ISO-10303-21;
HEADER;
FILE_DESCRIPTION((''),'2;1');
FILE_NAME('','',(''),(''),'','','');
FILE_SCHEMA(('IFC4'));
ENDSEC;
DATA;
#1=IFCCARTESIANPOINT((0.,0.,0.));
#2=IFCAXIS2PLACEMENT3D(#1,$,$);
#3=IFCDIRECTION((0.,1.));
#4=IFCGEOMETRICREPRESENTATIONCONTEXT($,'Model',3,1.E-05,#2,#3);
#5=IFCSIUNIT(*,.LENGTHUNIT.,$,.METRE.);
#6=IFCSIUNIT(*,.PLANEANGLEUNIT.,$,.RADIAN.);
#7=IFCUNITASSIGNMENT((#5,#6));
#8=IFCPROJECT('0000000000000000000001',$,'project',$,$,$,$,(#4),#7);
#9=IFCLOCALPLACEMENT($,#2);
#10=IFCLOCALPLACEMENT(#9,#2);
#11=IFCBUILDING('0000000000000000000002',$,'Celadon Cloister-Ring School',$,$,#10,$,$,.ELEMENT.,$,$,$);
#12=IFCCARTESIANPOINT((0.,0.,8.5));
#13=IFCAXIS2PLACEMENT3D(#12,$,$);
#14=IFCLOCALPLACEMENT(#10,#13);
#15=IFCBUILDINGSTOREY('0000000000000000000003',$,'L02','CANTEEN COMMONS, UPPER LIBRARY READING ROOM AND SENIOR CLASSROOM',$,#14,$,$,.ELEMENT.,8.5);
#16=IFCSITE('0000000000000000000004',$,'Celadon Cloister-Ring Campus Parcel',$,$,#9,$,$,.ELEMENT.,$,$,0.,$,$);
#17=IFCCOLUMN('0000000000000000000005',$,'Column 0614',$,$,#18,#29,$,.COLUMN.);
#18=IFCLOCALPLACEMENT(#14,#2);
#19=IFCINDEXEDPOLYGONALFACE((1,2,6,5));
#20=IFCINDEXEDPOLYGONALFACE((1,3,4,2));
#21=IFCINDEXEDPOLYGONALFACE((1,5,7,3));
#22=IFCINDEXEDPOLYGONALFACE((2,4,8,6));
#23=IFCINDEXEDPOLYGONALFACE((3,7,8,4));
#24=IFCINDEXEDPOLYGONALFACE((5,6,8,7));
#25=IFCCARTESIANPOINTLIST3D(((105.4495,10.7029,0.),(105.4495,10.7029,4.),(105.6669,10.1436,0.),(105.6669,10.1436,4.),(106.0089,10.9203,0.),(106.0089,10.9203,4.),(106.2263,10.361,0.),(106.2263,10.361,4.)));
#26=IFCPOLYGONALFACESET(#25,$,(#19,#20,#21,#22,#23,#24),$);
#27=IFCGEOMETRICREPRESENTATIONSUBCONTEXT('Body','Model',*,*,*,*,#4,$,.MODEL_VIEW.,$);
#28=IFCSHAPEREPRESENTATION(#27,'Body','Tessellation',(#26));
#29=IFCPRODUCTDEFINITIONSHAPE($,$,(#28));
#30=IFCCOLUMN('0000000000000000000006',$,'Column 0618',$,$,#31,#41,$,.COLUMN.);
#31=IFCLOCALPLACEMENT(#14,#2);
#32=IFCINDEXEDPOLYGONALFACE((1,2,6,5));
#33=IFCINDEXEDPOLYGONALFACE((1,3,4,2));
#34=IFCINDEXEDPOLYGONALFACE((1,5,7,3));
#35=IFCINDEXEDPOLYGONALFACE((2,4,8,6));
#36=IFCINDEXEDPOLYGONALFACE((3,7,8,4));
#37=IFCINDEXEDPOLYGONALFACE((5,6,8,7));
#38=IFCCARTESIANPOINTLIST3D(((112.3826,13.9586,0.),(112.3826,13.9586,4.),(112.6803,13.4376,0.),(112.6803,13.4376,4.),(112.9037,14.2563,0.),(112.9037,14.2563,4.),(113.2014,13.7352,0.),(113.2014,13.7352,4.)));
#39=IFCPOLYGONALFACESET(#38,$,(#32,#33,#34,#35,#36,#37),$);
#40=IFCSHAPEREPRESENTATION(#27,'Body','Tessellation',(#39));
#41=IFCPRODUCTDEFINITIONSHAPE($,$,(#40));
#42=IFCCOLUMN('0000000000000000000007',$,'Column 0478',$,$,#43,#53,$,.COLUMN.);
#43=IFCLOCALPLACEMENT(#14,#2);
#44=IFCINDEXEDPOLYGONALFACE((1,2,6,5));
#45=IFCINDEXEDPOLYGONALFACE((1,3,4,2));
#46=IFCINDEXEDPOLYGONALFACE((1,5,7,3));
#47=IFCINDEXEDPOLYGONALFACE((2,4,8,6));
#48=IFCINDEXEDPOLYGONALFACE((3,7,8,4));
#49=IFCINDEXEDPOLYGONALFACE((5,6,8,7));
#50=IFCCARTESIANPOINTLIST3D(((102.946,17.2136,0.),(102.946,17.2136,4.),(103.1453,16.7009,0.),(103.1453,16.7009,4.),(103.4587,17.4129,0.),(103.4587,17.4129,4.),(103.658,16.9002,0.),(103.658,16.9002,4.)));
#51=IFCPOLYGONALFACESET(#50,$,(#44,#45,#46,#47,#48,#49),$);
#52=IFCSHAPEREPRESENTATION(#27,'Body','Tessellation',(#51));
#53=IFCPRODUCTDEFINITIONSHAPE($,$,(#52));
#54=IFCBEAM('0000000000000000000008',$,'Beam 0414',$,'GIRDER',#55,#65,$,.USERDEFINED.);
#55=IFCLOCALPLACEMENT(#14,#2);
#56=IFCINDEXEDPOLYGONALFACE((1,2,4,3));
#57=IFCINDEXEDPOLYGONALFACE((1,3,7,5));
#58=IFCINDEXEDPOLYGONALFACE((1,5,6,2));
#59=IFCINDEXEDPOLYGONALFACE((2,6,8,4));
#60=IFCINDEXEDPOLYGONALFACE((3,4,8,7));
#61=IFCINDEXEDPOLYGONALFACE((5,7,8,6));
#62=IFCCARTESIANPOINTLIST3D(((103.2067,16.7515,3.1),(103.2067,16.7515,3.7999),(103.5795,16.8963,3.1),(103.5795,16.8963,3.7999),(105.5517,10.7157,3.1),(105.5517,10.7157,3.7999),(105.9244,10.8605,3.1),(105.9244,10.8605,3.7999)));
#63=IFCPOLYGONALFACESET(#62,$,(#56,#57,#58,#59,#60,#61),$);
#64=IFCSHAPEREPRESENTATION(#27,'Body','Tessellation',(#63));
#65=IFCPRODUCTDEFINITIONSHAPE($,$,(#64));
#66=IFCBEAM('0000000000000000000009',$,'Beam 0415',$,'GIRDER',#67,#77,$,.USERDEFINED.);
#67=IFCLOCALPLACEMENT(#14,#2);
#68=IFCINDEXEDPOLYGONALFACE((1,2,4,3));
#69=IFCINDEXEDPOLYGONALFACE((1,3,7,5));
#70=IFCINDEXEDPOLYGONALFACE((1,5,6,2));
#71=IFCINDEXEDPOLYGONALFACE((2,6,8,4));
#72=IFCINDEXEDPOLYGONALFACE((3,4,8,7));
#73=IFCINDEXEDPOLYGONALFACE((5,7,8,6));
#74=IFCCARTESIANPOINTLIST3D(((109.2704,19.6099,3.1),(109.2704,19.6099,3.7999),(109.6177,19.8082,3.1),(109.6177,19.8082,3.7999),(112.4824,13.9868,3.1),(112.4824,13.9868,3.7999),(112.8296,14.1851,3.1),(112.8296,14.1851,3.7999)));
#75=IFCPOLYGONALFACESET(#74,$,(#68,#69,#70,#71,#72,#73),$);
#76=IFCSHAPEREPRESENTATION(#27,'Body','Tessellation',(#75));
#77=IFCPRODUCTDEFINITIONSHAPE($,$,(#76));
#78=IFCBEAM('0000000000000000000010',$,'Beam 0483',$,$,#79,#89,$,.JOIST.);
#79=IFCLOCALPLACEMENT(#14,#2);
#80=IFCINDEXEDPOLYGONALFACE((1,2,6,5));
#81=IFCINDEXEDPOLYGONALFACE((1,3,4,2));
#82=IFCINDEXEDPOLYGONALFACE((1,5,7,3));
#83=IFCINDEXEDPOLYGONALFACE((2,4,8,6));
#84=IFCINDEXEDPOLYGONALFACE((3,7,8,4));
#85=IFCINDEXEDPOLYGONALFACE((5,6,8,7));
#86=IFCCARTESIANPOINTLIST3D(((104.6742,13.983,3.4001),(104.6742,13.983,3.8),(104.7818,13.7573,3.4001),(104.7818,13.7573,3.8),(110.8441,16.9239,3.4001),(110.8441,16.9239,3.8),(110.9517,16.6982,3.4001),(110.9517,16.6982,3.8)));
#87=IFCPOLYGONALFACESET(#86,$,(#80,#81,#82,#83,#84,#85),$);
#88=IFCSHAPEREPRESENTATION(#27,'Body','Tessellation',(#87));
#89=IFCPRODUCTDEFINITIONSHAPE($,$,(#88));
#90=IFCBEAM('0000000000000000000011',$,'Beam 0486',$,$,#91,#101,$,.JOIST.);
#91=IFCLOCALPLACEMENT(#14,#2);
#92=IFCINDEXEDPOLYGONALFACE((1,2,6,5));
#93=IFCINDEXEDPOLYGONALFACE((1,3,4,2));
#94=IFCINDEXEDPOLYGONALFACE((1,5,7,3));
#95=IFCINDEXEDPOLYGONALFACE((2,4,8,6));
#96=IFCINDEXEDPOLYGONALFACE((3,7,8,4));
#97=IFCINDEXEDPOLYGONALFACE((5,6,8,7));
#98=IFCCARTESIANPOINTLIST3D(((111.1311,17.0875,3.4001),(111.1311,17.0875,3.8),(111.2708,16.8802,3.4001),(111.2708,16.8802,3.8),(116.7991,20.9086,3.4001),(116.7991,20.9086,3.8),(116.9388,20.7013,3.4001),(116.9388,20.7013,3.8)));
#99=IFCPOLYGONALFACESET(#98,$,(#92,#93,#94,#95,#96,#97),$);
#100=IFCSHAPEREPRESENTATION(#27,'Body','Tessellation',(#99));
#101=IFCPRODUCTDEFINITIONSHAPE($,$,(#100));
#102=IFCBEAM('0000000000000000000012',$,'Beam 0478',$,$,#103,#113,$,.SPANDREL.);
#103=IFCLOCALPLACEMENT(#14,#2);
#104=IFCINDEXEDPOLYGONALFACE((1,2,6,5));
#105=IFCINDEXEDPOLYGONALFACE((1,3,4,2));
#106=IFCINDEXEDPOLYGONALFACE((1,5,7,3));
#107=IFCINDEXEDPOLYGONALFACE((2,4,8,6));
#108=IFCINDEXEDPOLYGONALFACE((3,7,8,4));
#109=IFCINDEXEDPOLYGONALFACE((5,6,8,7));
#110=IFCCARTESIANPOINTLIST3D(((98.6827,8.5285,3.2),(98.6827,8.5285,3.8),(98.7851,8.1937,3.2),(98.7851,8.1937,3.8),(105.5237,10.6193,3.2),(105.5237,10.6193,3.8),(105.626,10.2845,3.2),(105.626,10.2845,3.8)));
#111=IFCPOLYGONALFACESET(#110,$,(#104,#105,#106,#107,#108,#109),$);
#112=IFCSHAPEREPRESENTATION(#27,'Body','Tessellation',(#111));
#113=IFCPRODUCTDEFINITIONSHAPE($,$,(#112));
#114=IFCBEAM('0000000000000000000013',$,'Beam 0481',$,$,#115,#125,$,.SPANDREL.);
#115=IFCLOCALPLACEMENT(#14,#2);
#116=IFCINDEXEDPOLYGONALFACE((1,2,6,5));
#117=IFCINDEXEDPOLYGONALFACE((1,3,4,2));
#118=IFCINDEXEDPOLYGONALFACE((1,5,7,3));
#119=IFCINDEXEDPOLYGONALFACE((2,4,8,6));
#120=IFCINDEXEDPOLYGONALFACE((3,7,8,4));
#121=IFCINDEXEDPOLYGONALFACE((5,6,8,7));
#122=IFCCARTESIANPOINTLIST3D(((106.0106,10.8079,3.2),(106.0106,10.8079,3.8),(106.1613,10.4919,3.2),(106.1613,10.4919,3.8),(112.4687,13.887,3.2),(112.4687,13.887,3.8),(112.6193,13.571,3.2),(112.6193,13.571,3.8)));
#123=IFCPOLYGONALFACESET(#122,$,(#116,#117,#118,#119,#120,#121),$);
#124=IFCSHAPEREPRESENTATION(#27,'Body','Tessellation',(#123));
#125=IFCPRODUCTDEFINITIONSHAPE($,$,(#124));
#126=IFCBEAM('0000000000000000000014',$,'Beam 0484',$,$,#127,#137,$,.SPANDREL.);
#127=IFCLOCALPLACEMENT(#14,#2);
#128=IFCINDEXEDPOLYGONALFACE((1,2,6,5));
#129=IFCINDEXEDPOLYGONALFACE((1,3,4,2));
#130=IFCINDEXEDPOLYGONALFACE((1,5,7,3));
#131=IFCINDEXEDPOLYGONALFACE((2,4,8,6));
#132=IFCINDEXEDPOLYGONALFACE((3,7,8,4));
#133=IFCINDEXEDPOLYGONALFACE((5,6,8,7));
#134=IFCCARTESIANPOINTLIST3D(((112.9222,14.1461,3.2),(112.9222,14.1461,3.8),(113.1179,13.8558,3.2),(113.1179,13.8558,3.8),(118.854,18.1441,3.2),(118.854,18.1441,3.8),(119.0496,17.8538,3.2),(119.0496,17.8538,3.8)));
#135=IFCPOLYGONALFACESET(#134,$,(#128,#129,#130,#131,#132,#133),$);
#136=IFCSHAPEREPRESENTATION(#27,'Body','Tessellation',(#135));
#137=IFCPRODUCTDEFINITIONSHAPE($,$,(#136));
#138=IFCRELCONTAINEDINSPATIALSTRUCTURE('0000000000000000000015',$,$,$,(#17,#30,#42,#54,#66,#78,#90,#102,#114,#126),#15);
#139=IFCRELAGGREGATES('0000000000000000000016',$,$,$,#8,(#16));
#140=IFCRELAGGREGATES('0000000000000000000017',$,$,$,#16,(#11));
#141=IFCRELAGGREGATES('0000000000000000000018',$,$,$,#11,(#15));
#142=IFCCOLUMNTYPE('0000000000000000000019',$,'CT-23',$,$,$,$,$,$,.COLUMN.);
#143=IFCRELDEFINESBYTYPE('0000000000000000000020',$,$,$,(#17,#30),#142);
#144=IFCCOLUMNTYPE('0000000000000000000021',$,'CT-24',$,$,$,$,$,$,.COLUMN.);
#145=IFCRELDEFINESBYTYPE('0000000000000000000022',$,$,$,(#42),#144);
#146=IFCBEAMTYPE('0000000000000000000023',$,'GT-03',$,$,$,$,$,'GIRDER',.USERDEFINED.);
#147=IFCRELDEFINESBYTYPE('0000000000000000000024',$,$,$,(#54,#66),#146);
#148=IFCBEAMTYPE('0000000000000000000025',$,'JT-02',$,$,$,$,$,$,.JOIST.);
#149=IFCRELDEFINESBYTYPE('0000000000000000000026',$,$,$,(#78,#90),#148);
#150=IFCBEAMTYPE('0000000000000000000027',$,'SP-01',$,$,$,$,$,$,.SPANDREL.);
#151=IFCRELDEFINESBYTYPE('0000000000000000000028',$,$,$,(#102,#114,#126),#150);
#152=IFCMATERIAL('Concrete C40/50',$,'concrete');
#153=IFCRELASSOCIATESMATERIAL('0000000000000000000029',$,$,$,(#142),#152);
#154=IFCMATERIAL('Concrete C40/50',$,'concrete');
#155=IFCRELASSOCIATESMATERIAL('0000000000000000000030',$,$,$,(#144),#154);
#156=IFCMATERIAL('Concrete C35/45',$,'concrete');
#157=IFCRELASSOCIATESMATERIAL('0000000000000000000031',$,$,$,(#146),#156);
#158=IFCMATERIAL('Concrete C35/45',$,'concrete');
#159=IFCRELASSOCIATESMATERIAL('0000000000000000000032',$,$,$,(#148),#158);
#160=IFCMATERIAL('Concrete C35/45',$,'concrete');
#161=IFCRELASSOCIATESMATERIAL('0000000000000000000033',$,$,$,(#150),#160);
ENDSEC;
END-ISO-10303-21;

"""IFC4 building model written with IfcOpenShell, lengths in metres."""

from ifc_helpers import new_model, si_unit, direction, frame, origin, origin_2d, place, context, subcontext, project, spatial, rectangle, extrude, material, material_profile, profile_set, type_object, element, save


model = new_model("IFC4")

# Units and contexts
model_context = context("Model", 3, precision=1e-05, world=origin(), true_north=direction((0.0, 1.0)))
body_context = subcontext(model_context, "Body", "Model", "MODEL_VIEW")
ifc_project = project(units=[si_unit("LENGTHUNIT", "METRE"), si_unit("PLANEANGLEUNIT", "RADIAN")], contexts=[model_context])

# Site, building, storey
site_placement = place(None, origin())
site = spatial("IfcSite", under=ifc_project, at=site_placement, Name="Celadon Cloister-Ring Campus Parcel", CompositionType="ELEMENT", RefElevation=0.0)
building_placement = place(site_placement, origin())
building = spatial("IfcBuilding", under=site, at=building_placement, Name="Celadon Cloister-Ring School", CompositionType="ELEMENT")
storey_placement = place(building_placement, frame((0.0, 0.0, 8.5)))
storey = spatial("IfcBuildingStorey", under=building, at=storey_placement, Name="L02", Description="CANTEEN COMMONS, UPPER LIBRARY READING ROOM AND SENIOR CLASSROOM", CompositionType="ELEMENT", Elevation=8.5)

# Columns
ifc_material_1 = material(Name="Concrete C40/50", Category="concrete")
ifc_material_profile_1 = material_profile(ifc_material_1, rectangle(XDim=0.6001, YDim=0.6001, at=origin_2d()), Name="RC600X600")
ifc_profile_set_1 = profile_set([ifc_material_profile_1], Name="Concrete C40/50")
column_type_1 = type_object("IfcColumnType", Name="CT-23", PredefinedType="COLUMN", material=ifc_profile_set_1)
for number, where, z_axis, x_axis, name in (
    (1, (105.8379, 10.532, 0.0), (0.0, 0.0, 1.0), (0.362275, -0.932071, 0.0), "Column 0614"),
    (2, (112.792, 13.8469, 0.0), (0.0, 0.0, 1.0), (0.496004, -0.86832, 0.0), "Column 0618"),
):
    element("IfcColumn", number, at=place(storey_placement, frame(where, z_axis=z_axis, x_axis=x_axis)), inside=storey, type_object=column_type_1, Name=name, PredefinedType="COLUMN", context=body_context, shape_type="SweptSolid", body=[
        extrude(rectangle(XDim=0.6001, YDim=0.6001, at=origin_2d()), origin(), (0.0, 0.0, 1.0), 4.0),
    ])
ifc_material_2 = material(Name="Concrete C40/50", Category="concrete")
ifc_material_profile_2 = material_profile(ifc_material_2, rectangle(XDim=0.55, YDim=0.55, at=origin_2d()), Name="RC550X550")
ifc_profile_set_2 = profile_set([ifc_material_profile_2], Name="Concrete C40/50")
column_type_2 = type_object("IfcColumnType", Name="CT-24", PredefinedType="COLUMN", material=ifc_profile_set_2)
column_placement = place(storey_placement, frame((103.302, 17.0569, 0.0), z_axis=(0.0, 0.0, 1.0), x_axis=(0.362275, -0.932071, 0.0)))
element("IfcColumn", 3, at=column_placement, inside=storey, type_object=column_type_2, Name="Column 0478", PredefinedType="COLUMN", context=body_context, shape_type="SweptSolid", body=[
    extrude(rectangle(XDim=0.55, YDim=0.55, at=origin_2d()), origin(), (0.0, 0.0, 1.0), 4.0),
])

# Beams
ifc_material_3 = material(Name="Concrete C35/45", Category="concrete")
ifc_material_profile_3 = material_profile(ifc_material_3, rectangle(XDim=0.3999, YDim=0.7, at=origin_2d()), Name="RC400X700")
ifc_profile_set_3 = profile_set([ifc_material_profile_3], Name="Concrete C35/45")
beam_type_1 = type_object("IfcBeamType", Name="GT-03", ElementType="GIRDER", PredefinedType="USERDEFINED", material=ifc_profile_set_3)
beam_1_placement = place(storey_placement, frame((105.738, 10.7881, 3.45), z_axis=(-0.362135, 0.932126, 0.0), x_axis=(-0.932126, -0.362135, 0.0)))
element("IfcBeam", 4, at=beam_1_placement, inside=storey, type_object=beam_type_1, Name="Beam 0414", ObjectType="GIRDER", PredefinedType="USERDEFINED", context=body_context, shape_type="SweptSolid", body=[
    extrude(rectangle(XDim=0.3999, YDim=0.7, at=origin_2d()), origin(), (0.0, 0.0, 1.0), 6.4753),
])
beam_2_placement = place(storey_placement, frame((112.656, 14.0859, 3.45), z_axis=(-0.495993, 0.868327, 0.0), x_axis=(-0.868327, -0.495993, 0.0)))
element("IfcBeam", 5, at=beam_2_placement, inside=storey, type_object=beam_type_1, Name="Beam 0415", ObjectType="GIRDER", PredefinedType="USERDEFINED", context=body_context, shape_type="SweptSolid", body=[
    extrude(rectangle(XDim=0.3999, YDim=0.7, at=origin_2d()), origin(), (0.0, 0.0, 1.0), 6.4758),
])
ifc_material_4 = material(Name="Concrete C35/45", Category="concrete")
ifc_material_profile_4 = material_profile(ifc_material_4, rectangle(XDim=0.25, YDim=0.3999, at=origin_2d()), Name="RC250X400")
ifc_profile_set_4 = profile_set([ifc_material_profile_4], Name="Concrete C35/45")
beam_type_2 = type_object("IfcBeamType", Name="JT-02", PredefinedType="JOIST", material=ifc_profile_set_4)
beam_3_placement = place(storey_placement, frame((104.728, 13.8701, 3.6001), z_axis=(0.902698, 0.430275, 0.0), x_axis=(-0.430275, 0.902698, 0.0)))
element("IfcBeam", 6, at=beam_3_placement, inside=storey, type_object=beam_type_2, Name="Beam 0483", PredefinedType="JOIST", context=body_context, shape_type="SweptSolid", body=[
    extrude(rectangle(XDim=0.25, YDim=0.3999, at=origin_2d()), origin(), (0.0, 0.0, 1.0), 6.835),
])
beam_4_placement = place(storey_placement, frame((111.2009, 16.9839, 3.6001), z_axis=(0.829176, 0.558987, 0.0), x_axis=(-0.558987, 0.829176, 0.0)))
element("IfcBeam", 7, at=beam_4_placement, inside=storey, type_object=beam_type_2, Name="Beam 0486", PredefinedType="JOIST", context=body_context, shape_type="SweptSolid", body=[
    extrude(rectangle(XDim=0.25, YDim=0.3999, at=origin_2d()), origin(), (0.0, 0.0, 1.0), 6.8357),
])
ifc_material_5 = material(Name="Concrete C35/45", Category="concrete")
ifc_material_profile_5 = material_profile(ifc_material_5, rectangle(XDim=0.3501, YDim=0.6001, at=origin_2d()), Name="RC350X600")
ifc_profile_set_5 = profile_set([ifc_material_profile_5], Name="Concrete C35/45")
beam_type_3 = type_object("IfcBeamType", Name="SP-01", PredefinedType="SPANDREL", material=ifc_profile_set_5)
beam_5_placement = place(storey_placement, frame((98.7339, 8.3611, 3.5), z_axis=(0.956332, 0.292282, 0.0), x_axis=(-0.292282, 0.956332, 0.0)))
element("IfcBeam", 8, at=beam_5_placement, inside=storey, type_object=beam_type_3, Name="Beam 0478", PredefinedType="SPANDREL", context=body_context, shape_type="SweptSolid", body=[
    extrude(rectangle(XDim=0.3501, YDim=0.6001, at=origin_2d()), origin(), (0.0, 0.0, 1.0), 7.1533),
])
beam_6_placement = place(storey_placement, frame((106.0859, 10.6499, 3.5), z_axis=(0.902651, 0.430373, 0.0), x_axis=(-0.430373, 0.902651, 0.0)))
element("IfcBeam", 9, at=beam_6_placement, inside=storey, type_object=beam_type_3, Name="Beam 0481", PredefinedType="SPANDREL", context=body_context, shape_type="SweptSolid", body=[
    extrude(rectangle(XDim=0.3501, YDim=0.6001, at=origin_2d()), origin(), (0.0, 0.0, 1.0), 7.1545),
])
beam_7_placement = place(storey_placement, frame((113.02, 14.001, 3.5), z_axis=(0.829236, 0.558899, 0.0), x_axis=(-0.558899, 0.829236, 0.0)))
element("IfcBeam", 10, at=beam_7_placement, inside=storey, type_object=beam_type_3, Name="Beam 0484", PredefinedType="SPANDREL", context=body_context, shape_type="SweptSolid", body=[
    extrude(rectangle(XDim=0.3501, YDim=0.6001, at=origin_2d()), origin(), (0.0, 0.0, 1.0), 7.1533),
])

save(model, "model.ifc")
